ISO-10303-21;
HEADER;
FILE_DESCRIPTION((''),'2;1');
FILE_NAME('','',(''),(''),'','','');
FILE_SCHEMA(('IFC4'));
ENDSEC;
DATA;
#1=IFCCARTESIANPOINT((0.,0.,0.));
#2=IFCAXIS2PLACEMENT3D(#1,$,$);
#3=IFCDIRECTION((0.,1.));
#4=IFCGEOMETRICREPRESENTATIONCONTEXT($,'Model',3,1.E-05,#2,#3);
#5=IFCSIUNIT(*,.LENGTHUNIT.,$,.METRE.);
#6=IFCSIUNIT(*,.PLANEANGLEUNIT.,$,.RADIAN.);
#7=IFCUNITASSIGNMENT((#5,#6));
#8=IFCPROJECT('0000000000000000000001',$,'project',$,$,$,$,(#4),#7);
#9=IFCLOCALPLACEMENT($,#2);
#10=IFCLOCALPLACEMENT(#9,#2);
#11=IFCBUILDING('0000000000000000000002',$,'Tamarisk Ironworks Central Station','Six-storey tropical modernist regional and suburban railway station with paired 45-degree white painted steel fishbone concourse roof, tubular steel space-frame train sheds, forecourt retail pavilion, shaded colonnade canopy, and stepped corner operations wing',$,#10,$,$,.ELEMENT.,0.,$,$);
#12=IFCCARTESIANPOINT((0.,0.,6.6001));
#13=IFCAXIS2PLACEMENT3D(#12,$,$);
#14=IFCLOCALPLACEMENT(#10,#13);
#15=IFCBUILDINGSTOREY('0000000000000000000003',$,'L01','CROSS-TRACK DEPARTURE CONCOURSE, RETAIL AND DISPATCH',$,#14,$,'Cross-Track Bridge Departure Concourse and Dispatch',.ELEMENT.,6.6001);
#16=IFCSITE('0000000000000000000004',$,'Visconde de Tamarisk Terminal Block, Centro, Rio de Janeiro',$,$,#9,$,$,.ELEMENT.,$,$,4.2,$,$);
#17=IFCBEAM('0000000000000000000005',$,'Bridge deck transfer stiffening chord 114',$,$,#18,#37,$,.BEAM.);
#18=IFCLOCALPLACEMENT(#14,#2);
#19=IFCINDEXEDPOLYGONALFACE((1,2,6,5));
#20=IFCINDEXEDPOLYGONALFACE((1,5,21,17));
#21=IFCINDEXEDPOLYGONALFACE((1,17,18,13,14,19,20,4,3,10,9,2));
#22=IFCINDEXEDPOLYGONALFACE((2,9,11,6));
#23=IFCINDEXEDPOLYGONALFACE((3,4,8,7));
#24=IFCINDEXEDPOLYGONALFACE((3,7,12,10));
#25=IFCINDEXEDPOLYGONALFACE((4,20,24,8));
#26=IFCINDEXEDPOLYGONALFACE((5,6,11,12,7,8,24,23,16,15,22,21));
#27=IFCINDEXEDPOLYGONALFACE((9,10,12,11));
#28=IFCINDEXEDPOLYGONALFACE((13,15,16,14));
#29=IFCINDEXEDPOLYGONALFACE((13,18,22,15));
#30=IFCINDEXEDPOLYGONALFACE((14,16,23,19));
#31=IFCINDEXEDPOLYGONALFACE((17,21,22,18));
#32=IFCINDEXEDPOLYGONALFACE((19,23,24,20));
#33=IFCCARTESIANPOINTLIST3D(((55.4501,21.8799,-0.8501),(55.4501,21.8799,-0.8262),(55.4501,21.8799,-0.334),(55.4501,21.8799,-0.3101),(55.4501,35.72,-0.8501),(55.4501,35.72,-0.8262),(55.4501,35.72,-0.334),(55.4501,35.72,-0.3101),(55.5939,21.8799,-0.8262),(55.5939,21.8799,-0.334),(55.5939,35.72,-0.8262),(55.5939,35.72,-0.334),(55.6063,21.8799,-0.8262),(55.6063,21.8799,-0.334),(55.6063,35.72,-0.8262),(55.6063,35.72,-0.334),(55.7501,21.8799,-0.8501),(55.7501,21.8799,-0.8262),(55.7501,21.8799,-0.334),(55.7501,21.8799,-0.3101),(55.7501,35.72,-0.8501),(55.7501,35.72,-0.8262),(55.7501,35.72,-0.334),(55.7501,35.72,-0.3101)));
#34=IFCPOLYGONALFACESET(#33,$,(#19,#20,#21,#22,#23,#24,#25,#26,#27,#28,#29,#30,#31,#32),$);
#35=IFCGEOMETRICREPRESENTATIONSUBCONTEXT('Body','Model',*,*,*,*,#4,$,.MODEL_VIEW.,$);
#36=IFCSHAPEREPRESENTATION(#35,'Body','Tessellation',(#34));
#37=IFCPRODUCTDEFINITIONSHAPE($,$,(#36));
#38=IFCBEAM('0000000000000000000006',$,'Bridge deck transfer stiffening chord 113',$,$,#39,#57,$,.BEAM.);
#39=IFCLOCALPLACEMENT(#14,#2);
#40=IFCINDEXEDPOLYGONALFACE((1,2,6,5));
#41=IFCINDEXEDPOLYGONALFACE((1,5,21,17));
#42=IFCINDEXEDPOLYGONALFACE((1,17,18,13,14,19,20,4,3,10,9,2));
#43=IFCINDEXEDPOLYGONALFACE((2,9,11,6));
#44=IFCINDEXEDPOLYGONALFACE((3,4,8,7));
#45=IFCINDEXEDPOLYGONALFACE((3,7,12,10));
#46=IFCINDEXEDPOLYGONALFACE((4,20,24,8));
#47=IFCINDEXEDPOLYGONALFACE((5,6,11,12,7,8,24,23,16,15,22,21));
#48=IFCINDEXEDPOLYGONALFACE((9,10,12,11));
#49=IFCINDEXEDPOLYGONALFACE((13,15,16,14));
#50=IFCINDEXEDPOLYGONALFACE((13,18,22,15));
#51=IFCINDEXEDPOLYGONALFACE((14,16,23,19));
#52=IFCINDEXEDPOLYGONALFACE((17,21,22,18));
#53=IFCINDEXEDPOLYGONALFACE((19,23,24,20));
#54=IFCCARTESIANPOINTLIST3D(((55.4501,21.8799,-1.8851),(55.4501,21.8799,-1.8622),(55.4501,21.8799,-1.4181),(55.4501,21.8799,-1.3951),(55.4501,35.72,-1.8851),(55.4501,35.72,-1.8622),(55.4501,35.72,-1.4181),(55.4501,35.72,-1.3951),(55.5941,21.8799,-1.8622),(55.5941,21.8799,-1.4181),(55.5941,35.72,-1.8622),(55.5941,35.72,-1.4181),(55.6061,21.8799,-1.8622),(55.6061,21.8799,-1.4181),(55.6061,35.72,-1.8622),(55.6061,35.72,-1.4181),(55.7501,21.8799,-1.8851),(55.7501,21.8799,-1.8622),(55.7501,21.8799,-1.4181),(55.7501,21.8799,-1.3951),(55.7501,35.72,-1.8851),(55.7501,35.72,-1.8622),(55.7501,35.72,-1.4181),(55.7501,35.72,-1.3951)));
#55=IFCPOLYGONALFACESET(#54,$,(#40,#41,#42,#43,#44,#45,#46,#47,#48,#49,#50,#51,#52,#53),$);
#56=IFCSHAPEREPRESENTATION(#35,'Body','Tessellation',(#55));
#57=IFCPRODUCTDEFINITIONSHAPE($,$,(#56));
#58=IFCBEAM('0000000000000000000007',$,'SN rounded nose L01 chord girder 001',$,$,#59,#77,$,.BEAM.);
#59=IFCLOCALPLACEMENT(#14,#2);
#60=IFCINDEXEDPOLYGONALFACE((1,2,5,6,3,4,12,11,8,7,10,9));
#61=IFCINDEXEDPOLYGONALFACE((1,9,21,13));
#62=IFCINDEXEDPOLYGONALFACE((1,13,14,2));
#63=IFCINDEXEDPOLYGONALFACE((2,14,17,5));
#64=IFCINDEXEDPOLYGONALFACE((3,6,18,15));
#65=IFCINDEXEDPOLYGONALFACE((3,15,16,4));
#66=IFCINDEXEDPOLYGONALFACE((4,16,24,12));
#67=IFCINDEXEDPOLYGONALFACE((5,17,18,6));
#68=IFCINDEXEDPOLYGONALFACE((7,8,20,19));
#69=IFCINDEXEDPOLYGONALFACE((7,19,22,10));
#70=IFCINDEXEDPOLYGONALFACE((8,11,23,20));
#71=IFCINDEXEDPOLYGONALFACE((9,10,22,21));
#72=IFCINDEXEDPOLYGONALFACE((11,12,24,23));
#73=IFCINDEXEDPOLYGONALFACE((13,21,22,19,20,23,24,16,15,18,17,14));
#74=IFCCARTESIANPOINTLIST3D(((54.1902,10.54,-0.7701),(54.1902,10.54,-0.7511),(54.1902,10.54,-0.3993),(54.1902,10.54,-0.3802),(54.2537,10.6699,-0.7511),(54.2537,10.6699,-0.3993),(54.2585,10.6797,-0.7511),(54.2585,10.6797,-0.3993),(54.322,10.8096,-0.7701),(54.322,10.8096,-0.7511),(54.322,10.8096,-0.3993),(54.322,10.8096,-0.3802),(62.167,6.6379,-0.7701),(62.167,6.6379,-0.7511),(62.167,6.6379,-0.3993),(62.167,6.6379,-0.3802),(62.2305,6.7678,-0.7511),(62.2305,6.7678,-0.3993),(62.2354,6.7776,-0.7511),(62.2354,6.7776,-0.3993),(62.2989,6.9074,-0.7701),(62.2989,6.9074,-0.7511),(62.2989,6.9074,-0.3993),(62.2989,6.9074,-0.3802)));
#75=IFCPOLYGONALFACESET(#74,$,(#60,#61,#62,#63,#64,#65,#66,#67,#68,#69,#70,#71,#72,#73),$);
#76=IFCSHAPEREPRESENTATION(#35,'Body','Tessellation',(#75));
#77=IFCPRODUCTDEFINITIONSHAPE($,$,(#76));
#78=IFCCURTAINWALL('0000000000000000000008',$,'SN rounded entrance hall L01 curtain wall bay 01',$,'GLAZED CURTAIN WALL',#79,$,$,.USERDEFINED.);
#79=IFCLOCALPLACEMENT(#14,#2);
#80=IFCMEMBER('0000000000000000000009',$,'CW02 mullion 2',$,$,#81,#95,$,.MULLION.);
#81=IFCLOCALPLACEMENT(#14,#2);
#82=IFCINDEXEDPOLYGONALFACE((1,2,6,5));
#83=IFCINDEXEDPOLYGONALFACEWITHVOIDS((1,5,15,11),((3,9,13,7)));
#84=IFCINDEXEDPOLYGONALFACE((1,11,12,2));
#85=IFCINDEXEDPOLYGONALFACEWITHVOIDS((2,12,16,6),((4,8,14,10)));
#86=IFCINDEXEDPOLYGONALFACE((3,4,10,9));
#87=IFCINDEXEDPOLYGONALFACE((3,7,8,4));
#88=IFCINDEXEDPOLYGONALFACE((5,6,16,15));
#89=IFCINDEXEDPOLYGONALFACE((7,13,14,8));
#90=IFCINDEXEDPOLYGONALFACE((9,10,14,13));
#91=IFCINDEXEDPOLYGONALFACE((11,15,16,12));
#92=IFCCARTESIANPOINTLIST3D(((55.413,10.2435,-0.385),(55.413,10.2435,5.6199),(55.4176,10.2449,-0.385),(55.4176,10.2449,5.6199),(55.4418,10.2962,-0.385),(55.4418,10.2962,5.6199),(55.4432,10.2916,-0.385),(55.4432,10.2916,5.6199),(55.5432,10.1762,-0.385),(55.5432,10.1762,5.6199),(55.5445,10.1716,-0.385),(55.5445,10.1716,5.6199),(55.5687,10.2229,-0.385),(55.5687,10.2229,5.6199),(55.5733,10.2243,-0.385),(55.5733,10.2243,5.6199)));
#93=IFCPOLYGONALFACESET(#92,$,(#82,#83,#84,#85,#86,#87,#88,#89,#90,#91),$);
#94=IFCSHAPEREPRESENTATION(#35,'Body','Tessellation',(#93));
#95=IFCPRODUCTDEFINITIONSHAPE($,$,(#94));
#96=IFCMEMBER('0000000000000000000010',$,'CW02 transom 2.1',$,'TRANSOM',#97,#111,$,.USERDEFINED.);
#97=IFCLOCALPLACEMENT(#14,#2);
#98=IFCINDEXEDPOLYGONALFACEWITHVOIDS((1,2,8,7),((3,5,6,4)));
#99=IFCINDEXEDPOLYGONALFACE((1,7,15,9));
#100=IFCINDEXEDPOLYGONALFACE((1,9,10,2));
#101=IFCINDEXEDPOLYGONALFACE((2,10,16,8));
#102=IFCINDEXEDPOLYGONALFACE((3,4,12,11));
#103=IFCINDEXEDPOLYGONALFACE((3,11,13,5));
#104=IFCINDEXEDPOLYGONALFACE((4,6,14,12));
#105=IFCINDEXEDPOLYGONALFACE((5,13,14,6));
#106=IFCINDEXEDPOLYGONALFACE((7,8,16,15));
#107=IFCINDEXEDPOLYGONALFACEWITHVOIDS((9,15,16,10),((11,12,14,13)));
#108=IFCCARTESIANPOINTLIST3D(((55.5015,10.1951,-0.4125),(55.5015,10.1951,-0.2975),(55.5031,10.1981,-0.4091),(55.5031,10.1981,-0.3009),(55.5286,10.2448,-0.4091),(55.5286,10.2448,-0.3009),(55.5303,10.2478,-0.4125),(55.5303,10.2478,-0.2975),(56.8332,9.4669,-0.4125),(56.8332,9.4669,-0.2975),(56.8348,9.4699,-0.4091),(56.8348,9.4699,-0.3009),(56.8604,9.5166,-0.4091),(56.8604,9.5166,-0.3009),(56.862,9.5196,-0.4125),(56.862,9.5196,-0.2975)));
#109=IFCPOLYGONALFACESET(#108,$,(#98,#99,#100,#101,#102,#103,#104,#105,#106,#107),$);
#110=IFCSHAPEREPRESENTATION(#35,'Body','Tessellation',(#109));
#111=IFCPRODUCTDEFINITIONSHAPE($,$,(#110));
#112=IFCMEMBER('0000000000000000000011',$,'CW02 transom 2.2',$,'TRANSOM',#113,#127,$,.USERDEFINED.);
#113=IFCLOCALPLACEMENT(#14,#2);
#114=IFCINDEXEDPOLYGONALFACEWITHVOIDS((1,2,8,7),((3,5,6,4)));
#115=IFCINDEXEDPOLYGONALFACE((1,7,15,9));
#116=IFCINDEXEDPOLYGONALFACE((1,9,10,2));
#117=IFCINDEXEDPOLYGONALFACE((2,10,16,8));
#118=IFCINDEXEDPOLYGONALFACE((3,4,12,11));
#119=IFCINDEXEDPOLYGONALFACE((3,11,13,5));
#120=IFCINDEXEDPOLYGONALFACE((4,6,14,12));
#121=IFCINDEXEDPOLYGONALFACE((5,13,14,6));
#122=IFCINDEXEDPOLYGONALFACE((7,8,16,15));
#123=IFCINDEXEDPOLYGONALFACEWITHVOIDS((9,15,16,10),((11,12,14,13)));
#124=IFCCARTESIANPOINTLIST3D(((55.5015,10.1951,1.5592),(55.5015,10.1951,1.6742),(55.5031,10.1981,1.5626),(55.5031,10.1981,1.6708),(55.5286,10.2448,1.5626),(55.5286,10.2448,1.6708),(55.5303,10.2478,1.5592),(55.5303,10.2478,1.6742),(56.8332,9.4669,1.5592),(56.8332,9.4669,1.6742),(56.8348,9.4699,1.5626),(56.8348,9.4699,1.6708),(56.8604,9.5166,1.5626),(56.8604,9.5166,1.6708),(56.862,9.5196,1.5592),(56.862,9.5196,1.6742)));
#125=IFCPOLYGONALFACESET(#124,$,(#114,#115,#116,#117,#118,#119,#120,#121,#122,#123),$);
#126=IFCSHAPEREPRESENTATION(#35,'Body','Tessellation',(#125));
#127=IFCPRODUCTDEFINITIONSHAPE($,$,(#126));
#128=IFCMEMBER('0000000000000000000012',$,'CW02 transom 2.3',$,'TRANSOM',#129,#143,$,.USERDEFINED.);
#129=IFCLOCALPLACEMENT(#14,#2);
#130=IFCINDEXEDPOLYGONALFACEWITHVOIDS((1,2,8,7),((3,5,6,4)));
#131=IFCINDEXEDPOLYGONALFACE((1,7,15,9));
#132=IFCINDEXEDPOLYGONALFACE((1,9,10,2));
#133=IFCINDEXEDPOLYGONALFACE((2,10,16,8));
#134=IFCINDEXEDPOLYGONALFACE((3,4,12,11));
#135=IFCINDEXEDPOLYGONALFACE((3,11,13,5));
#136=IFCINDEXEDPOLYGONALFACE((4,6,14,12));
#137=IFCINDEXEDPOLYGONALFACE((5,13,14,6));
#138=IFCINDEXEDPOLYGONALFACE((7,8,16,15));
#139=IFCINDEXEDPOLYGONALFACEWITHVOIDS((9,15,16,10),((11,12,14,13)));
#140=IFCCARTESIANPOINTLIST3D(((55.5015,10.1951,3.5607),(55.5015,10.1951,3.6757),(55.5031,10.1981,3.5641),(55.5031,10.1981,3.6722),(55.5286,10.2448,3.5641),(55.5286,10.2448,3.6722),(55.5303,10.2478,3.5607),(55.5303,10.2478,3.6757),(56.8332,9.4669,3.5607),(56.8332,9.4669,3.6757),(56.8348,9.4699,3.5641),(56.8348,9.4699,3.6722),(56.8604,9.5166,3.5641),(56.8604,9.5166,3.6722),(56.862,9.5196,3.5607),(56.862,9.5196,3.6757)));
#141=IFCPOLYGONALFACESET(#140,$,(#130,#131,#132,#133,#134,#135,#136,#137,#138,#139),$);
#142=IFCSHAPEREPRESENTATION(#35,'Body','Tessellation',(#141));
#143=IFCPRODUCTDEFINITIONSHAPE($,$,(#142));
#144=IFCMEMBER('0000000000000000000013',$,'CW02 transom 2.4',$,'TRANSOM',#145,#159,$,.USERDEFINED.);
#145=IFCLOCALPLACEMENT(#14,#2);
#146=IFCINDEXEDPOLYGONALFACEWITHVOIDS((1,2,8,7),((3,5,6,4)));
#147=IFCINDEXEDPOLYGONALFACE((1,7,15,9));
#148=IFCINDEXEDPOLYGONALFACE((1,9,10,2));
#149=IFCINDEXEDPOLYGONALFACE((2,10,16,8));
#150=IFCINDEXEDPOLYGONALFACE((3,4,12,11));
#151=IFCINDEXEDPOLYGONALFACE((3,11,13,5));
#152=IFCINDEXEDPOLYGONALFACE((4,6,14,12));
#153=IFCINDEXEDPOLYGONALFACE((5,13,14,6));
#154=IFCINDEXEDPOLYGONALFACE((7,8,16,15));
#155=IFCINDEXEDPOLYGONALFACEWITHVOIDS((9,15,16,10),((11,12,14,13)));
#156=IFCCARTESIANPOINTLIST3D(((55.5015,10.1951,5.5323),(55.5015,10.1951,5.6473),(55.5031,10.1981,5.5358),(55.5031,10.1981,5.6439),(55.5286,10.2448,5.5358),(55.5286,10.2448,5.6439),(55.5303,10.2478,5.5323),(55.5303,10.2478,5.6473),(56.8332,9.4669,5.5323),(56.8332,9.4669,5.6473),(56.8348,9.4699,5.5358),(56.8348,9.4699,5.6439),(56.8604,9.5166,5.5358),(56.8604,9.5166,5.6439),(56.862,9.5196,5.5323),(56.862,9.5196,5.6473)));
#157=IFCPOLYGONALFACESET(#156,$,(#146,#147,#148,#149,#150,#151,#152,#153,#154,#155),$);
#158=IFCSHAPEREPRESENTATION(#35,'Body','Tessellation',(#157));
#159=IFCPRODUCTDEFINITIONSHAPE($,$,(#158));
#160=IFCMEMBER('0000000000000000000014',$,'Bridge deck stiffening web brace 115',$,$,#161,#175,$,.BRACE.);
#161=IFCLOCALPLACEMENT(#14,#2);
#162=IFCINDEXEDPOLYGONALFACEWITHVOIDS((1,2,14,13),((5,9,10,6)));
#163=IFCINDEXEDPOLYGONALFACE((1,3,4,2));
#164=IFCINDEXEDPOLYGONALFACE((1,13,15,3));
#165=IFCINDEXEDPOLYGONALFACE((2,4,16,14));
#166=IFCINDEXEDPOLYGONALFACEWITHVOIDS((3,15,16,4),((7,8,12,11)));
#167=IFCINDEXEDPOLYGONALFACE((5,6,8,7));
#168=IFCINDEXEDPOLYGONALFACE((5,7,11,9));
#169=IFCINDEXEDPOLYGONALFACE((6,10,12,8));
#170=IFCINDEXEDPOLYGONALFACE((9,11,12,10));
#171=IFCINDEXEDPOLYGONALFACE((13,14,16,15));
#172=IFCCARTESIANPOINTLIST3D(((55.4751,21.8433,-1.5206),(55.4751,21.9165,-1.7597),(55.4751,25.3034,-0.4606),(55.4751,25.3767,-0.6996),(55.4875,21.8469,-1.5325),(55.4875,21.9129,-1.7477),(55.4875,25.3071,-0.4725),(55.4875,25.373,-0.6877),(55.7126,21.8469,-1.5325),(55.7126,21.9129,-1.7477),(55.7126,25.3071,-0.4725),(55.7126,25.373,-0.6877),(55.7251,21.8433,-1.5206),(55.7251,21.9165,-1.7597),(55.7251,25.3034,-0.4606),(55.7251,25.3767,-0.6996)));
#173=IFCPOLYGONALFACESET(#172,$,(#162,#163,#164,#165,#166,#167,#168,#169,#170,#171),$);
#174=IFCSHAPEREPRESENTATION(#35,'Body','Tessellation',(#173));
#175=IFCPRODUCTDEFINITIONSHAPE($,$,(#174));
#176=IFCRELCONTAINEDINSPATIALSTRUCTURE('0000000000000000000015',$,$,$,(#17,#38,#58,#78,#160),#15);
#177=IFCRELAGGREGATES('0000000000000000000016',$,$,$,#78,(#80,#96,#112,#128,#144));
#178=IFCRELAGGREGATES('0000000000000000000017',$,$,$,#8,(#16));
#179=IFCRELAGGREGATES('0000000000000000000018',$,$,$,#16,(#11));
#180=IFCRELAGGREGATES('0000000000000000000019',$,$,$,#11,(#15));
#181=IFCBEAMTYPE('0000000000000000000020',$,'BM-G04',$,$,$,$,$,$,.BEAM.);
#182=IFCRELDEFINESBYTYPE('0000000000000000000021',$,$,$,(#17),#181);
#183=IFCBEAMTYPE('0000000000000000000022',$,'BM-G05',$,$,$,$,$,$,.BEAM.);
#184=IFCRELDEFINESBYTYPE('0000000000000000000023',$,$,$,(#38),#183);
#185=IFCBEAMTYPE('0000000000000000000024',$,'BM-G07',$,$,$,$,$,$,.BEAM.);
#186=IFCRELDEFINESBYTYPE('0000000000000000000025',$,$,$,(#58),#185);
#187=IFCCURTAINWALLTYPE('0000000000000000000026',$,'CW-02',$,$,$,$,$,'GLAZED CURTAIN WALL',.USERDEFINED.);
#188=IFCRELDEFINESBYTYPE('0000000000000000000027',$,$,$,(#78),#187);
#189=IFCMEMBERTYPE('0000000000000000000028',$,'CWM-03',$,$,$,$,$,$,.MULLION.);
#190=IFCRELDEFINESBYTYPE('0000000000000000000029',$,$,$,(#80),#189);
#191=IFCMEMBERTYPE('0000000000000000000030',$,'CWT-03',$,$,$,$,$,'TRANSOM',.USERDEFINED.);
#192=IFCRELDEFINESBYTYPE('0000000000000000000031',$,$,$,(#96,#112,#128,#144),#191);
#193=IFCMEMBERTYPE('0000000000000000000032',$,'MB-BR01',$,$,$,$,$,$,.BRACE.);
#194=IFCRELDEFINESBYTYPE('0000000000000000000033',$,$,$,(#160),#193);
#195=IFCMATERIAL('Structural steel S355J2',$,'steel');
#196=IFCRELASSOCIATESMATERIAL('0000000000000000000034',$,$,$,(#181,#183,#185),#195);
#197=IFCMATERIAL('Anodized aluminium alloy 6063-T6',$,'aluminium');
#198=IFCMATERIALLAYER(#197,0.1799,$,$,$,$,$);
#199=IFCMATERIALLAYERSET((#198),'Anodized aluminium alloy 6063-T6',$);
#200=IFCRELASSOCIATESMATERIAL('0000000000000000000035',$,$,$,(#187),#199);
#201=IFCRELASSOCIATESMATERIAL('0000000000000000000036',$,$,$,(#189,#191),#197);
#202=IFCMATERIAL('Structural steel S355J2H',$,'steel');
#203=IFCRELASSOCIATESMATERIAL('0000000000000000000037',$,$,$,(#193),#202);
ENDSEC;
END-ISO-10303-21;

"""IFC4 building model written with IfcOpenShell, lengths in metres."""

from ifc_helpers import new_model, si_unit, direction, frame, origin, origin_2d, place, context, subcontext, project, spatial, hollow_rectangle, i_section, extrude, material, layer, layer_set, material_profile, profile_set, type_object, element, aggregate, save


model = new_model("IFC4")

# Units and contexts
model_context = context("Model", 3, precision=1e-05, world=origin(), true_north=direction((0.0, 1.0)))
body_context = subcontext(model_context, "Body", "Model", "MODEL_VIEW")
ifc_project = project(units=[si_unit("LENGTHUNIT", "METRE"), si_unit("PLANEANGLEUNIT", "RADIAN")], contexts=[model_context])

# Site, building, storey
site_placement = place(None, origin())
site = spatial("IfcSite", under=ifc_project, at=site_placement, Name="Visconde de Tamarisk Terminal Block, Centro, Rio de Janeiro", CompositionType="ELEMENT", RefElevation=4.2)
building_placement = place(site_placement, origin())
building = spatial("IfcBuilding", under=site, at=building_placement, Name="Tamarisk Ironworks Central Station", Description="Six-storey tropical modernist regional and suburban railway station with paired 45-degree white painted steel fishbone concourse roof, tubular steel space-frame train sheds, forecourt retail pavilion, shaded colonnade canopy, and stepped corner operations wing", CompositionType="ELEMENT", ElevationOfRefHeight=0.0)
storey_placement = place(building_placement, frame((0.0, 0.0, 6.6001)))
storey = spatial("IfcBuildingStorey", under=building, at=storey_placement, Name="L01", Description="CROSS-TRACK DEPARTURE CONCOURSE, RETAIL AND DISPATCH", LongName="Cross-Track Bridge Departure Concourse and Dispatch", CompositionType="ELEMENT", Elevation=6.6001)

# Beams
ifc_material_1 = material(Name="Structural steel S355J2", Category="steel")
ifc_material_profile_1 = material_profile(ifc_material_1, i_section(OverallWidth=0.3, OverallDepth=0.54, WebThickness=0.0125, FlangeThickness=0.0239, at=origin_2d()), Name="HEA 550")
ifc_profile_set_1 = profile_set([ifc_material_profile_1], Name="Structural steel S355J2")
beam_type_1 = type_object("IfcBeamType", Name="BM-G04", PredefinedType="BEAM", material=ifc_profile_set_1)
beam_1_placement = place(storey_placement, frame((55.6001, 21.8799, -0.5801), z_axis=(0.0, 1.0, 0.0), x_axis=(-1.0, 0.0, 0.0)))
element("IfcBeam", 1, at=beam_1_placement, inside=storey, type_object=beam_type_1, Name="Bridge deck transfer stiffening chord 114", PredefinedType="BEAM", context=body_context, shape_type="SweptSolid", body=[
    extrude(i_section(OverallWidth=0.3, OverallDepth=0.54, WebThickness=0.0125, FlangeThickness=0.0239, at=origin_2d()), origin(), (0.0, 0.0, 1.0), 13.8401),
])
ifc_material_profile_2 = material_profile(ifc_material_1, i_section(OverallWidth=0.3, OverallDepth=0.49, WebThickness=0.012, FlangeThickness=0.0229, at=origin_2d()), Name="HEA 500")
ifc_profile_set_2 = profile_set([ifc_material_profile_2], Name="Structural steel S355J2")
beam_type_2 = type_object("IfcBeamType", Name="BM-G05", PredefinedType="BEAM", material=ifc_profile_set_2)
beam_2_placement = place(storey_placement, frame((55.6001, 21.8799, -1.6401), z_axis=(0.0, 1.0, 0.0), x_axis=(-1.0, 0.0, 0.0)))
element("IfcBeam", 2, at=beam_2_placement, inside=storey, type_object=beam_type_2, Name="Bridge deck transfer stiffening chord 113", PredefinedType="BEAM", context=body_context, shape_type="SweptSolid", body=[
    extrude(i_section(OverallWidth=0.3, OverallDepth=0.49, WebThickness=0.012, FlangeThickness=0.0229, at=origin_2d()), origin(), (0.0, 0.0, 1.0), 13.8401),
])
ifc_material_profile_3 = material_profile(ifc_material_1, i_section(OverallWidth=0.3, OverallDepth=0.3899, WebThickness=0.011, FlangeThickness=0.019, at=origin_2d()), Name="HEA 400")
ifc_profile_set_3 = profile_set([ifc_material_profile_3], Name="Structural steel S355J2")
beam_type_3 = type_object("IfcBeamType", Name="BM-G07", PredefinedType="BEAM", material=ifc_profile_set_3)
beam_3_placement = place(storey_placement, frame((54.2561, 10.6748, -0.5752), z_axis=(0.898281, -0.439422, 0.0), x_axis=(0.439422, 0.898281, 0.0)))
element("IfcBeam", 3, at=beam_3_placement, inside=storey, type_object=beam_type_3, Name="SN rounded nose L01 chord girder 001", PredefinedType="BEAM", context=body_context, shape_type="SweptSolid", body=[
    extrude(i_section(OverallWidth=0.3, OverallDepth=0.3899, WebThickness=0.011, FlangeThickness=0.019, at=origin_2d()), origin(), (0.0, 0.0, 1.0), 8.8801),
])

# Curtain wall, members
ifc_material_2 = material(Name="Anodized aluminium alloy 6063-T6", Category="aluminium")
ifc_layer_1 = layer(ifc_material_2, 0.1799)
ifc_layer_set_1 = layer_set([ifc_layer_1], Name="Anodized aluminium alloy 6063-T6")
curtain_wall_type = type_object("IfcCurtainWallType", Name="CW-02", ElementType="GLAZED CURTAIN WALL", PredefinedType="USERDEFINED", material=ifc_layer_set_1)
curtain_wall_placement = place(storey_placement, origin())
curtain_wall = element("IfcCurtainWall", 4, at=curtain_wall_placement, inside=storey, type_object=curtain_wall_type, Name="SN rounded entrance hall L01 curtain wall bay 01", ObjectType="GLAZED CURTAIN WALL", PredefinedType="USERDEFINED")
ifc_material_profile_4 = material_profile(ifc_material_2, hollow_rectangle(XDim=0.0601, YDim=0.1499, WallThickness=0.0034, at=origin_2d()), Name="ALUM 150x60")
ifc_profile_set_4 = profile_set([ifc_material_profile_4], Name="Anodized aluminium alloy 6063-T6")
member_type_1 = type_object("IfcMemberType", Name="CWM-03", PredefinedType="MULLION", material=ifc_profile_set_4)
member_1_placement = place(storey_placement, frame((55.4932, 10.2339, -0.385), z_axis=(0.0, 0.0, 1.0), x_axis=(0.479805, 0.877375, 0.0)))
member_1 = element("IfcMember", 5, at=member_1_placement, type_object=member_type_1, Name="CW02 mullion 2", PredefinedType="MULLION", context=body_context, shape_type="SweptSolid", body=[
    extrude(hollow_rectangle(XDim=0.0601, YDim=0.1499, WallThickness=0.0034, at=origin_2d()), origin(), (0.0, 0.0, 1.0), 6.0049),
])
ifc_material_profile_5 = material_profile(ifc_material_2, hollow_rectangle(XDim=0.0601, YDim=0.115, WallThickness=0.0034, at=origin_2d()), Name="ALUM 115x60")
ifc_profile_set_5 = profile_set([ifc_material_profile_5], Name="Anodized aluminium alloy 6063-T6")
member_type_2 = type_object("IfcMemberType", Name="CWT-03", ElementType="TRANSOM", PredefinedType="USERDEFINED", material=ifc_profile_set_5)
member_2_placement = place(storey_placement, frame((55.5159, 10.2214, -0.355), z_axis=(0.877385, -0.479787, 0.0), x_axis=(0.479787, 0.877385, 0.0)))
member_2 = element("IfcMember", 6, at=member_2_placement, type_object=member_type_2, Name="CW02 transom 2.1", ObjectType="TRANSOM", PredefinedType="USERDEFINED", context=body_context, shape_type="SweptSolid", body=[
    extrude(hollow_rectangle(XDim=0.0601, YDim=0.115, WallThickness=0.0034, at=origin_2d()), origin(), (0.0, 0.0, 1.0), 1.5178),
])
member_3_placement = place(storey_placement, frame((55.5159, 10.2214, 1.6167), z_axis=(0.877385, -0.479787, 0.0), x_axis=(0.479787, 0.877385, 0.0)))
member_3 = element("IfcMember", 7, at=member_3_placement, type_object=member_type_2, Name="CW02 transom 2.2", ObjectType="TRANSOM", PredefinedType="USERDEFINED", context=body_context, shape_type="SweptSolid", body=[
    extrude(hollow_rectangle(XDim=0.0601, YDim=0.115, WallThickness=0.0034, at=origin_2d()), origin(), (0.0, 0.0, 1.0), 1.5178),
])
member_4_placement = place(storey_placement, frame((55.5159, 10.2214, 3.6182), z_axis=(0.877385, -0.479787, 0.0), x_axis=(0.479787, 0.877385, 0.0)))
member_4 = element("IfcMember", 8, at=member_4_placement, type_object=member_type_2, Name="CW02 transom 2.3", ObjectType="TRANSOM", PredefinedType="USERDEFINED", context=body_context, shape_type="SweptSolid", body=[
    extrude(hollow_rectangle(XDim=0.0601, YDim=0.115, WallThickness=0.0034, at=origin_2d()), origin(), (0.0, 0.0, 1.0), 1.5178),
])
member_5_placement = place(storey_placement, frame((55.5159, 10.2214, 5.5898), z_axis=(0.877385, -0.479787, 0.0), x_axis=(0.479787, 0.877385, 0.0)))
member_5 = element("IfcMember", 9, at=member_5_placement, type_object=member_type_2, Name="CW02 transom 2.4", ObjectType="TRANSOM", PredefinedType="USERDEFINED", context=body_context, shape_type="SweptSolid", body=[
    extrude(hollow_rectangle(XDim=0.0601, YDim=0.115, WallThickness=0.0034, at=origin_2d()), origin(), (0.0, 0.0, 1.0), 1.5178),
])

# Member
ifc_material_3 = material(Name="Structural steel S355J2H", Category="steel")
ifc_material_profile_6 = material_profile(ifc_material_3, hollow_rectangle(XDim=0.25, YDim=0.25, WallThickness=0.0125, at=origin_2d()), Name="SHS 250x250x12.5")
ifc_profile_set_6 = profile_set([ifc_material_profile_6], Name="Structural steel S355J2H")
member_type_3 = type_object("IfcMemberType", Name="MB-BR01", PredefinedType="BRACE", material=ifc_profile_set_6)
member_6_placement = place(storey_placement, frame((55.6001, 21.8799, -1.6401), z_axis=(0.0, 0.956137, 0.292919), x_axis=(-1.0, 0.0, 0.0)))
element("IfcMember", 10, at=member_6_placement, inside=storey, type_object=member_type_3, Name="Bridge deck stiffening web brace 115", PredefinedType="BRACE", context=body_context, shape_type="SweptSolid", body=[
    extrude(hollow_rectangle(XDim=0.25, YDim=0.25, WallThickness=0.0125, at=origin_2d()), origin(), (0.0, 0.0, 1.0), 3.6189),
])

aggregate(curtain_wall, [member_1, member_2, member_3, member_4, member_5])

save(model, "model.ifc")
